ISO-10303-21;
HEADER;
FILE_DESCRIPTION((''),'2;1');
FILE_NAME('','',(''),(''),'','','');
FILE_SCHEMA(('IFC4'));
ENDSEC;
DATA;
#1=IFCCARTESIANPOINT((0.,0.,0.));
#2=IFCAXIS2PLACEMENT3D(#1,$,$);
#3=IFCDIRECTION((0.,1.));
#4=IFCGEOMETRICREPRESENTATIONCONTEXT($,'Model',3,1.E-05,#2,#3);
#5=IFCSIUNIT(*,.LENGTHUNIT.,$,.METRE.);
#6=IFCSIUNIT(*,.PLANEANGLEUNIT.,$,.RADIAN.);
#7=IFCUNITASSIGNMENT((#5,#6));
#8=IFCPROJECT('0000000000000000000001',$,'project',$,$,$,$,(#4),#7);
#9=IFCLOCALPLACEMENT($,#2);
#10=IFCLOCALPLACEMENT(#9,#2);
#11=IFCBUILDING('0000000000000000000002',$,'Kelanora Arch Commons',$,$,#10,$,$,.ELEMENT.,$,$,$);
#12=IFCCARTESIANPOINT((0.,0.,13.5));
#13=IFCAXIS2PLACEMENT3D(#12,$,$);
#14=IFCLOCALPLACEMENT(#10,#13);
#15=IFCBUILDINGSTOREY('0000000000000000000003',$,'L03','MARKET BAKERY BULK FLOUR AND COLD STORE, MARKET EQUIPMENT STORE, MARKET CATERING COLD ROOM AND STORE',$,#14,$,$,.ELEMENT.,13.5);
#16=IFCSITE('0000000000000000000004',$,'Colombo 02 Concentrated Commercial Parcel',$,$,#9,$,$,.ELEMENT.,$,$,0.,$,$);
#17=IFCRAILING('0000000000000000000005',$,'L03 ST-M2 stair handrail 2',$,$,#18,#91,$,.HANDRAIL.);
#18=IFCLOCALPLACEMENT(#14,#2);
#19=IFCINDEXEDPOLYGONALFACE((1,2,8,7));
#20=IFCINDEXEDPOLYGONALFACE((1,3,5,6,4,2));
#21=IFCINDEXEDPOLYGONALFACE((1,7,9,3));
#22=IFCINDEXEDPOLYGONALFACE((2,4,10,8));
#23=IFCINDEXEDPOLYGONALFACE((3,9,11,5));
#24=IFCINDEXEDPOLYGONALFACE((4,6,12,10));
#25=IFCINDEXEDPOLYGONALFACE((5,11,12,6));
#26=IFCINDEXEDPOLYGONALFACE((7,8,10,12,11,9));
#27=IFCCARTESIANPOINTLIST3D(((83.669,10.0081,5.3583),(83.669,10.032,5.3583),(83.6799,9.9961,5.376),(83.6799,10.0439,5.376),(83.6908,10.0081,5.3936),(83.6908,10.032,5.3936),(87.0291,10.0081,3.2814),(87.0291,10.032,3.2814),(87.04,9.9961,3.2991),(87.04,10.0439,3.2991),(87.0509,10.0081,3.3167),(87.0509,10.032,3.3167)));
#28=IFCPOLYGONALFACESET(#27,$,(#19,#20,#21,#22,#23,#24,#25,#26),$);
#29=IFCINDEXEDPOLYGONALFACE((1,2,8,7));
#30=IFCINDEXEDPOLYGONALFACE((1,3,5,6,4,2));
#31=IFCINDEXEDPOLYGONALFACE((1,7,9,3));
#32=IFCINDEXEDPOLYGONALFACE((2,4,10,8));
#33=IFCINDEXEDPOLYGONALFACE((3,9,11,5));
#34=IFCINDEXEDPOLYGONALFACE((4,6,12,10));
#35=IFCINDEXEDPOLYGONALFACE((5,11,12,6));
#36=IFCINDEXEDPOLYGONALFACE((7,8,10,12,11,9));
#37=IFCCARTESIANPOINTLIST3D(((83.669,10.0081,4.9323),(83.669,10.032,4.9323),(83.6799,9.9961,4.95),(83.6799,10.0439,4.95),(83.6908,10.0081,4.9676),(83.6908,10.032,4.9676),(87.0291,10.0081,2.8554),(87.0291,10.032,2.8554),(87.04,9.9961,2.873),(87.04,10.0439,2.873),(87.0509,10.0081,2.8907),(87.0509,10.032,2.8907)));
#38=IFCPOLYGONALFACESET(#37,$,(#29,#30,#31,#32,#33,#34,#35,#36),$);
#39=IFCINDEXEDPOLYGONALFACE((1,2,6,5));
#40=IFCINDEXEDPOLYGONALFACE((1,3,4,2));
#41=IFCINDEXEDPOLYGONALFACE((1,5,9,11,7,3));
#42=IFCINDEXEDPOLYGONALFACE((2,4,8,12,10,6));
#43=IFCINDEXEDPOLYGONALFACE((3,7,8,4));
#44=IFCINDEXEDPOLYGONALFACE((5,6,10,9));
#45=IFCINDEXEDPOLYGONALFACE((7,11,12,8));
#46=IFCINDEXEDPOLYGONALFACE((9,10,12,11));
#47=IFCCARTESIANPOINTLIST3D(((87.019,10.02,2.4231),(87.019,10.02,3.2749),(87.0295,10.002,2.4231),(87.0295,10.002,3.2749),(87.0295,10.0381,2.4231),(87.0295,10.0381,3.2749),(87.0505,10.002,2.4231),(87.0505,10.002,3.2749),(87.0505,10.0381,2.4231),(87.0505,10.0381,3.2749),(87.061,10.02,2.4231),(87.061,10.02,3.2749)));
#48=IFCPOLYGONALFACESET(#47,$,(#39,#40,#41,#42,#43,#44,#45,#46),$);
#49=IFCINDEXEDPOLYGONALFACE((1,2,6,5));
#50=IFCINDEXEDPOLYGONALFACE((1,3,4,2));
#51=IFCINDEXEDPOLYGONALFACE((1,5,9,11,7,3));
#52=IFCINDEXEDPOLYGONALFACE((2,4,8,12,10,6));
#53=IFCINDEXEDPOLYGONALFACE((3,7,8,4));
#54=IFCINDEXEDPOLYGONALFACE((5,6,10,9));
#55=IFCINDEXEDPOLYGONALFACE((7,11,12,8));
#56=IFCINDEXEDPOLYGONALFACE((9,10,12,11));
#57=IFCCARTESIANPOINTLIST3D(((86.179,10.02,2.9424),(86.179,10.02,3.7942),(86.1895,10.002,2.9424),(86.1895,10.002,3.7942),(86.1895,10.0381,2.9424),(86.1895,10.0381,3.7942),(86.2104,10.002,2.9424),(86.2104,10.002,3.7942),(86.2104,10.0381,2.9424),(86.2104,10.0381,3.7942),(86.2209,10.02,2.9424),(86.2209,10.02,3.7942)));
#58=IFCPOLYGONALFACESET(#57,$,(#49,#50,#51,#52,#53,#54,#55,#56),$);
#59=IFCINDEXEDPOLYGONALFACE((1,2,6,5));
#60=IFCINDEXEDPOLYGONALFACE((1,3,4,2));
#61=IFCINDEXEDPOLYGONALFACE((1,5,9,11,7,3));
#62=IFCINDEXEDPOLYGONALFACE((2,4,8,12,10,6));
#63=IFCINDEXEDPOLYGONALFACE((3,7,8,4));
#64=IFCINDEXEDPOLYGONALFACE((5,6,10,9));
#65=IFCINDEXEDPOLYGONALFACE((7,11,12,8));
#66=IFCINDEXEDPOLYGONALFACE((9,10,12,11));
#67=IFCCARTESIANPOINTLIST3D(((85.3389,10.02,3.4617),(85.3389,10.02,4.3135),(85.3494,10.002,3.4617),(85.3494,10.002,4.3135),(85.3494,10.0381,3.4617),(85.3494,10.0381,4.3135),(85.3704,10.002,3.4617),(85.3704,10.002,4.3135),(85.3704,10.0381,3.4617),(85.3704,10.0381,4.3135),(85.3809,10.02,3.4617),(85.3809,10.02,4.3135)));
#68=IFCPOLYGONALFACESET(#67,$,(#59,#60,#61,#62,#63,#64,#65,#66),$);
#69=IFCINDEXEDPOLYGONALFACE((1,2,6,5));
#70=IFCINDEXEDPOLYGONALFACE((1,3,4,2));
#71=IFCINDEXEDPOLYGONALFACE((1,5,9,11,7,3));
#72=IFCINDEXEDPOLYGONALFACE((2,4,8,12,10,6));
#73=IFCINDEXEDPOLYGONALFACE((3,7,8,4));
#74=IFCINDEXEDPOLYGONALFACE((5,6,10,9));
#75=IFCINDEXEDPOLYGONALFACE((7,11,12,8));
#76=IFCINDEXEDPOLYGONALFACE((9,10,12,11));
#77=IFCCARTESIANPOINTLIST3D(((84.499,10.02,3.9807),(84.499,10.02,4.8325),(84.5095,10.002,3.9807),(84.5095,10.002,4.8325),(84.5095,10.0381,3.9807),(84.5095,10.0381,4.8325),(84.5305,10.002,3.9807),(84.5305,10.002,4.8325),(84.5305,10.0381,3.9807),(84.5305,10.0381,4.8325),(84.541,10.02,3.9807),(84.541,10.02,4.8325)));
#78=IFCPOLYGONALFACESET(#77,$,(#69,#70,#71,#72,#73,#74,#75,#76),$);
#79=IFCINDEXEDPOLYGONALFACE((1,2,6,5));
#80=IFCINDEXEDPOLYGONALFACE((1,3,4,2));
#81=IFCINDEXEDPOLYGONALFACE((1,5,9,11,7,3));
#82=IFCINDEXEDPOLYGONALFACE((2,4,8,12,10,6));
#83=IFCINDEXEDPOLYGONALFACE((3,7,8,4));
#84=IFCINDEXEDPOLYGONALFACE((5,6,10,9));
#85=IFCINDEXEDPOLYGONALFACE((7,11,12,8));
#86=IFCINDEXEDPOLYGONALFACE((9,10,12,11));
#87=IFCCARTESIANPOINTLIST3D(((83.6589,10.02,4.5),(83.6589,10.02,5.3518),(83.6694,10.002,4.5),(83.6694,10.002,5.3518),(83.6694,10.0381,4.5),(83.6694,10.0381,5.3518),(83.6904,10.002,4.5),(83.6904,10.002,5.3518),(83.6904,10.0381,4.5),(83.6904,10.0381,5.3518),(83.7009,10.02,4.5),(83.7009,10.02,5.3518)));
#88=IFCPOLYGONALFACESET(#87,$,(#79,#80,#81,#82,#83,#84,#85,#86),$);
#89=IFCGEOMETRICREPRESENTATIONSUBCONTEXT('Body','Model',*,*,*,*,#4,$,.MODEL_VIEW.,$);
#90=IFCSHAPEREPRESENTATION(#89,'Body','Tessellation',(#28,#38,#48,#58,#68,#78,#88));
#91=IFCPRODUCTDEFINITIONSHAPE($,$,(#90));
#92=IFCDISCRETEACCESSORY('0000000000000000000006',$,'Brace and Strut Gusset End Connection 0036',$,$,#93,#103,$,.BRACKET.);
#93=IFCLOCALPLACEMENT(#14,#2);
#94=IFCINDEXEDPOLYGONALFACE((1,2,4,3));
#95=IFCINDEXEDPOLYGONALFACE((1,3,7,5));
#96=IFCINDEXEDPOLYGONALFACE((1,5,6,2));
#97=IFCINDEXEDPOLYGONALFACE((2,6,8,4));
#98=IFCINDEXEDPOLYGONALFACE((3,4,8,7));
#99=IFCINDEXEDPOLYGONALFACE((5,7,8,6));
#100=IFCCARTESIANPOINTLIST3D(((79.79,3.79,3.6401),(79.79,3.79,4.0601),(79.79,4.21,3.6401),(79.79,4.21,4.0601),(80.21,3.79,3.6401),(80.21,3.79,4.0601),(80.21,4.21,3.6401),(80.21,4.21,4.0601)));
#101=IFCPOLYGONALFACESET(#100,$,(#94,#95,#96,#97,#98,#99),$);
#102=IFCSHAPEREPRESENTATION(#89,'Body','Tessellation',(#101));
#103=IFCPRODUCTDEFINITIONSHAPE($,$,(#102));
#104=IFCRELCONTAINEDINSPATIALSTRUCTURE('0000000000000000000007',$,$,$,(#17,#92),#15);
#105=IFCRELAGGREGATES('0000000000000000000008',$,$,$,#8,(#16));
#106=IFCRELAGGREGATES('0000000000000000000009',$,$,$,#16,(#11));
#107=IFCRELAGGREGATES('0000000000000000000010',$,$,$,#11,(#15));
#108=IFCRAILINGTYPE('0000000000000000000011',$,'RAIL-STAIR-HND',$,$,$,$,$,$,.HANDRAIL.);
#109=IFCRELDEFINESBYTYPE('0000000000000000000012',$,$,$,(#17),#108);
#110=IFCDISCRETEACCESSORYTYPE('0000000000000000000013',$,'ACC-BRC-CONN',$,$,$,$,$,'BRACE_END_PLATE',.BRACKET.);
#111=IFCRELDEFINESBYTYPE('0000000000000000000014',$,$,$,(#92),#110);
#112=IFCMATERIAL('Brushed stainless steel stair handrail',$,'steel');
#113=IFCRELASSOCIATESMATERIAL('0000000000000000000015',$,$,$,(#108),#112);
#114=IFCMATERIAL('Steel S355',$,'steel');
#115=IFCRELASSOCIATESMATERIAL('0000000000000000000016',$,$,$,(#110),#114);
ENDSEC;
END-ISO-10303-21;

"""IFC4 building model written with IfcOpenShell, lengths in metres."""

from ifc_helpers import new_model, si_unit, direction, frame, origin, origin_2d, place, context, subcontext, project, spatial, polyline, rectangle, outline, extrude, source, transform, mapped, material, type_object, element, save


model = new_model("IFC4")

# Units and contexts
model_context = context("Model", 3, precision=1e-05, world=origin(), true_north=direction((0.0, 1.0)))
body_context = subcontext(model_context, "Body", "Model", "MODEL_VIEW")
ifc_project = project(units=[si_unit("LENGTHUNIT", "METRE"), si_unit("PLANEANGLEUNIT", "RADIAN")], contexts=[model_context])

# Site, building, storey
site_placement = place(None, origin())
site = spatial("IfcSite", under=ifc_project, at=site_placement, Name="Colombo 02 Concentrated Commercial Parcel", CompositionType="ELEMENT", RefElevation=0.0)
building_placement = place(site_placement, origin())
building = spatial("IfcBuilding", under=site, at=building_placement, Name="Kelanora Arch Commons", CompositionType="ELEMENT")
storey_placement = place(building_placement, frame((0.0, 0.0, 13.5)))
storey = spatial("IfcBuildingStorey", under=building, at=storey_placement, Name="L03", Description="MARKET BAKERY BULK FLOUR AND COLD STORE, MARKET EQUIPMENT STORE, MARKET CATERING COLD ROOM AND STORE", CompositionType="ELEMENT", Elevation=13.5)

# Railing
ifc_material_1 = material(Name="Brushed stainless steel stair handrail", Category="steel")
railing_type_1 = type_object("IfcRailingType", Name="RAIL-STAIR-HND", PredefinedType="HANDRAIL", material=ifc_material_1)
railing_1_placement = place(storey_placement, frame((87.04, 10.02, 2.4231)))
element("IfcRailing", 1, at=railing_1_placement, inside=storey, type_object=railing_type_1, Name="L03 ST-M2 stair handrail 2", PredefinedType="HANDRAIL", context=body_context, shape_type="SweptSolid", body=[
    extrude(outline(polyline([(0.0239, 0.0), (0.012, 0.0208), (-0.012, 0.0208), (-0.0239, 0.0), (-0.012, -0.0208), (0.012, -0.0208), (0.0239, 0.0)])), frame((0.0, 0.0, 0.876), z_axis=(-0.850623, 0.0, 0.525776), x_axis=(0.0, -1.0, 0.0)), (0.0, 0.0, 1.0), 3.9502),
    extrude(outline(polyline([(0.0239, 0.0), (0.012, 0.0208), (-0.012, 0.0208), (-0.0239, 0.0), (-0.012, -0.0208), (0.012, -0.0208), (0.0239, 0.0)])), frame((0.0, 0.0, 0.45), z_axis=(-0.850623, 0.0, 0.525776), x_axis=(0.0, -1.0, 0.0)), (0.0, 0.0, 1.0), 3.9502),
    extrude(outline(polyline([(0.021, 0.0), (0.0105, 0.0181), (-0.0105, 0.0181), (-0.021, 0.0), (-0.0105, -0.0181), (0.0105, -0.0181), (0.021, 0.0)])), origin(), (0.0, 0.0, 1.0), 0.8518),
    extrude(outline(polyline([(0.021, 0.0), (0.0105, 0.0181), (-0.0105, 0.0181), (-0.021, 0.0), (-0.0105, -0.0181), (0.0105, -0.0181), (0.021, 0.0)])), frame((-0.8401, 0.0, 0.5193)), (0.0, 0.0, 1.0), 0.8518),
    extrude(outline(polyline([(0.021, 0.0), (0.0105, 0.0181), (-0.0105, 0.0181), (-0.021, 0.0), (-0.0105, -0.0181), (0.0105, -0.0181), (0.021, 0.0)])), frame((-1.6802, 0.0, 1.0386)), (0.0, 0.0, 1.0), 0.8518),
    extrude(outline(polyline([(0.021, 0.0), (0.0105, 0.0181), (-0.0105, 0.0181), (-0.021, 0.0), (-0.0105, -0.0181), (0.0105, -0.0181), (0.021, 0.0)])), frame((-2.52, 0.0, 1.5576)), (0.0, 0.0, 1.0), 0.8518),
    extrude(outline(polyline([(0.021, 0.0), (0.0105, 0.0181), (-0.0105, 0.0181), (-0.021, 0.0), (-0.0105, -0.0181), (0.0105, -0.0181), (0.021, 0.0)])), frame((-3.3601, 0.0, 2.0769)), (0.0, 0.0, 1.0), 0.8518),
])

# Discrete accessory
ifc_material_2 = material(Name="Steel S355", Category="steel")
discrete_accessory_type = type_object("IfcDiscreteAccessoryType", Name="ACC-BRC-CONN", ElementType="BRACE_END_PLATE", PredefinedType="BRACKET", material=ifc_material_2)
shared_shape = source(origin(), body_context, "Body", "SweptSolid", [
    extrude(rectangle(XDim=0.4199, YDim=0.4199, at=origin_2d()), origin(), (0.0, 0.0, 1.0), 0.4199),
])
discrete_accessory_placement = place(storey_placement, frame((80.0, 4.0, 3.6401), z_axis=(0.0, 0.0, 1.0), x_axis=(1.0, 0.0, 0.0)))
element("IfcDiscreteAccessory", 2, at=discrete_accessory_placement, inside=storey, type_object=discrete_accessory_type, Name="Brace and Strut Gusset End Connection 0036", PredefinedType="BRACKET", context=body_context, shape_type="MappedRepresentation", body=[
    mapped(shared_shape, transform((0.0, 0.0, 0.0), scale=1.0)),
])

save(model, "model.ifc")
